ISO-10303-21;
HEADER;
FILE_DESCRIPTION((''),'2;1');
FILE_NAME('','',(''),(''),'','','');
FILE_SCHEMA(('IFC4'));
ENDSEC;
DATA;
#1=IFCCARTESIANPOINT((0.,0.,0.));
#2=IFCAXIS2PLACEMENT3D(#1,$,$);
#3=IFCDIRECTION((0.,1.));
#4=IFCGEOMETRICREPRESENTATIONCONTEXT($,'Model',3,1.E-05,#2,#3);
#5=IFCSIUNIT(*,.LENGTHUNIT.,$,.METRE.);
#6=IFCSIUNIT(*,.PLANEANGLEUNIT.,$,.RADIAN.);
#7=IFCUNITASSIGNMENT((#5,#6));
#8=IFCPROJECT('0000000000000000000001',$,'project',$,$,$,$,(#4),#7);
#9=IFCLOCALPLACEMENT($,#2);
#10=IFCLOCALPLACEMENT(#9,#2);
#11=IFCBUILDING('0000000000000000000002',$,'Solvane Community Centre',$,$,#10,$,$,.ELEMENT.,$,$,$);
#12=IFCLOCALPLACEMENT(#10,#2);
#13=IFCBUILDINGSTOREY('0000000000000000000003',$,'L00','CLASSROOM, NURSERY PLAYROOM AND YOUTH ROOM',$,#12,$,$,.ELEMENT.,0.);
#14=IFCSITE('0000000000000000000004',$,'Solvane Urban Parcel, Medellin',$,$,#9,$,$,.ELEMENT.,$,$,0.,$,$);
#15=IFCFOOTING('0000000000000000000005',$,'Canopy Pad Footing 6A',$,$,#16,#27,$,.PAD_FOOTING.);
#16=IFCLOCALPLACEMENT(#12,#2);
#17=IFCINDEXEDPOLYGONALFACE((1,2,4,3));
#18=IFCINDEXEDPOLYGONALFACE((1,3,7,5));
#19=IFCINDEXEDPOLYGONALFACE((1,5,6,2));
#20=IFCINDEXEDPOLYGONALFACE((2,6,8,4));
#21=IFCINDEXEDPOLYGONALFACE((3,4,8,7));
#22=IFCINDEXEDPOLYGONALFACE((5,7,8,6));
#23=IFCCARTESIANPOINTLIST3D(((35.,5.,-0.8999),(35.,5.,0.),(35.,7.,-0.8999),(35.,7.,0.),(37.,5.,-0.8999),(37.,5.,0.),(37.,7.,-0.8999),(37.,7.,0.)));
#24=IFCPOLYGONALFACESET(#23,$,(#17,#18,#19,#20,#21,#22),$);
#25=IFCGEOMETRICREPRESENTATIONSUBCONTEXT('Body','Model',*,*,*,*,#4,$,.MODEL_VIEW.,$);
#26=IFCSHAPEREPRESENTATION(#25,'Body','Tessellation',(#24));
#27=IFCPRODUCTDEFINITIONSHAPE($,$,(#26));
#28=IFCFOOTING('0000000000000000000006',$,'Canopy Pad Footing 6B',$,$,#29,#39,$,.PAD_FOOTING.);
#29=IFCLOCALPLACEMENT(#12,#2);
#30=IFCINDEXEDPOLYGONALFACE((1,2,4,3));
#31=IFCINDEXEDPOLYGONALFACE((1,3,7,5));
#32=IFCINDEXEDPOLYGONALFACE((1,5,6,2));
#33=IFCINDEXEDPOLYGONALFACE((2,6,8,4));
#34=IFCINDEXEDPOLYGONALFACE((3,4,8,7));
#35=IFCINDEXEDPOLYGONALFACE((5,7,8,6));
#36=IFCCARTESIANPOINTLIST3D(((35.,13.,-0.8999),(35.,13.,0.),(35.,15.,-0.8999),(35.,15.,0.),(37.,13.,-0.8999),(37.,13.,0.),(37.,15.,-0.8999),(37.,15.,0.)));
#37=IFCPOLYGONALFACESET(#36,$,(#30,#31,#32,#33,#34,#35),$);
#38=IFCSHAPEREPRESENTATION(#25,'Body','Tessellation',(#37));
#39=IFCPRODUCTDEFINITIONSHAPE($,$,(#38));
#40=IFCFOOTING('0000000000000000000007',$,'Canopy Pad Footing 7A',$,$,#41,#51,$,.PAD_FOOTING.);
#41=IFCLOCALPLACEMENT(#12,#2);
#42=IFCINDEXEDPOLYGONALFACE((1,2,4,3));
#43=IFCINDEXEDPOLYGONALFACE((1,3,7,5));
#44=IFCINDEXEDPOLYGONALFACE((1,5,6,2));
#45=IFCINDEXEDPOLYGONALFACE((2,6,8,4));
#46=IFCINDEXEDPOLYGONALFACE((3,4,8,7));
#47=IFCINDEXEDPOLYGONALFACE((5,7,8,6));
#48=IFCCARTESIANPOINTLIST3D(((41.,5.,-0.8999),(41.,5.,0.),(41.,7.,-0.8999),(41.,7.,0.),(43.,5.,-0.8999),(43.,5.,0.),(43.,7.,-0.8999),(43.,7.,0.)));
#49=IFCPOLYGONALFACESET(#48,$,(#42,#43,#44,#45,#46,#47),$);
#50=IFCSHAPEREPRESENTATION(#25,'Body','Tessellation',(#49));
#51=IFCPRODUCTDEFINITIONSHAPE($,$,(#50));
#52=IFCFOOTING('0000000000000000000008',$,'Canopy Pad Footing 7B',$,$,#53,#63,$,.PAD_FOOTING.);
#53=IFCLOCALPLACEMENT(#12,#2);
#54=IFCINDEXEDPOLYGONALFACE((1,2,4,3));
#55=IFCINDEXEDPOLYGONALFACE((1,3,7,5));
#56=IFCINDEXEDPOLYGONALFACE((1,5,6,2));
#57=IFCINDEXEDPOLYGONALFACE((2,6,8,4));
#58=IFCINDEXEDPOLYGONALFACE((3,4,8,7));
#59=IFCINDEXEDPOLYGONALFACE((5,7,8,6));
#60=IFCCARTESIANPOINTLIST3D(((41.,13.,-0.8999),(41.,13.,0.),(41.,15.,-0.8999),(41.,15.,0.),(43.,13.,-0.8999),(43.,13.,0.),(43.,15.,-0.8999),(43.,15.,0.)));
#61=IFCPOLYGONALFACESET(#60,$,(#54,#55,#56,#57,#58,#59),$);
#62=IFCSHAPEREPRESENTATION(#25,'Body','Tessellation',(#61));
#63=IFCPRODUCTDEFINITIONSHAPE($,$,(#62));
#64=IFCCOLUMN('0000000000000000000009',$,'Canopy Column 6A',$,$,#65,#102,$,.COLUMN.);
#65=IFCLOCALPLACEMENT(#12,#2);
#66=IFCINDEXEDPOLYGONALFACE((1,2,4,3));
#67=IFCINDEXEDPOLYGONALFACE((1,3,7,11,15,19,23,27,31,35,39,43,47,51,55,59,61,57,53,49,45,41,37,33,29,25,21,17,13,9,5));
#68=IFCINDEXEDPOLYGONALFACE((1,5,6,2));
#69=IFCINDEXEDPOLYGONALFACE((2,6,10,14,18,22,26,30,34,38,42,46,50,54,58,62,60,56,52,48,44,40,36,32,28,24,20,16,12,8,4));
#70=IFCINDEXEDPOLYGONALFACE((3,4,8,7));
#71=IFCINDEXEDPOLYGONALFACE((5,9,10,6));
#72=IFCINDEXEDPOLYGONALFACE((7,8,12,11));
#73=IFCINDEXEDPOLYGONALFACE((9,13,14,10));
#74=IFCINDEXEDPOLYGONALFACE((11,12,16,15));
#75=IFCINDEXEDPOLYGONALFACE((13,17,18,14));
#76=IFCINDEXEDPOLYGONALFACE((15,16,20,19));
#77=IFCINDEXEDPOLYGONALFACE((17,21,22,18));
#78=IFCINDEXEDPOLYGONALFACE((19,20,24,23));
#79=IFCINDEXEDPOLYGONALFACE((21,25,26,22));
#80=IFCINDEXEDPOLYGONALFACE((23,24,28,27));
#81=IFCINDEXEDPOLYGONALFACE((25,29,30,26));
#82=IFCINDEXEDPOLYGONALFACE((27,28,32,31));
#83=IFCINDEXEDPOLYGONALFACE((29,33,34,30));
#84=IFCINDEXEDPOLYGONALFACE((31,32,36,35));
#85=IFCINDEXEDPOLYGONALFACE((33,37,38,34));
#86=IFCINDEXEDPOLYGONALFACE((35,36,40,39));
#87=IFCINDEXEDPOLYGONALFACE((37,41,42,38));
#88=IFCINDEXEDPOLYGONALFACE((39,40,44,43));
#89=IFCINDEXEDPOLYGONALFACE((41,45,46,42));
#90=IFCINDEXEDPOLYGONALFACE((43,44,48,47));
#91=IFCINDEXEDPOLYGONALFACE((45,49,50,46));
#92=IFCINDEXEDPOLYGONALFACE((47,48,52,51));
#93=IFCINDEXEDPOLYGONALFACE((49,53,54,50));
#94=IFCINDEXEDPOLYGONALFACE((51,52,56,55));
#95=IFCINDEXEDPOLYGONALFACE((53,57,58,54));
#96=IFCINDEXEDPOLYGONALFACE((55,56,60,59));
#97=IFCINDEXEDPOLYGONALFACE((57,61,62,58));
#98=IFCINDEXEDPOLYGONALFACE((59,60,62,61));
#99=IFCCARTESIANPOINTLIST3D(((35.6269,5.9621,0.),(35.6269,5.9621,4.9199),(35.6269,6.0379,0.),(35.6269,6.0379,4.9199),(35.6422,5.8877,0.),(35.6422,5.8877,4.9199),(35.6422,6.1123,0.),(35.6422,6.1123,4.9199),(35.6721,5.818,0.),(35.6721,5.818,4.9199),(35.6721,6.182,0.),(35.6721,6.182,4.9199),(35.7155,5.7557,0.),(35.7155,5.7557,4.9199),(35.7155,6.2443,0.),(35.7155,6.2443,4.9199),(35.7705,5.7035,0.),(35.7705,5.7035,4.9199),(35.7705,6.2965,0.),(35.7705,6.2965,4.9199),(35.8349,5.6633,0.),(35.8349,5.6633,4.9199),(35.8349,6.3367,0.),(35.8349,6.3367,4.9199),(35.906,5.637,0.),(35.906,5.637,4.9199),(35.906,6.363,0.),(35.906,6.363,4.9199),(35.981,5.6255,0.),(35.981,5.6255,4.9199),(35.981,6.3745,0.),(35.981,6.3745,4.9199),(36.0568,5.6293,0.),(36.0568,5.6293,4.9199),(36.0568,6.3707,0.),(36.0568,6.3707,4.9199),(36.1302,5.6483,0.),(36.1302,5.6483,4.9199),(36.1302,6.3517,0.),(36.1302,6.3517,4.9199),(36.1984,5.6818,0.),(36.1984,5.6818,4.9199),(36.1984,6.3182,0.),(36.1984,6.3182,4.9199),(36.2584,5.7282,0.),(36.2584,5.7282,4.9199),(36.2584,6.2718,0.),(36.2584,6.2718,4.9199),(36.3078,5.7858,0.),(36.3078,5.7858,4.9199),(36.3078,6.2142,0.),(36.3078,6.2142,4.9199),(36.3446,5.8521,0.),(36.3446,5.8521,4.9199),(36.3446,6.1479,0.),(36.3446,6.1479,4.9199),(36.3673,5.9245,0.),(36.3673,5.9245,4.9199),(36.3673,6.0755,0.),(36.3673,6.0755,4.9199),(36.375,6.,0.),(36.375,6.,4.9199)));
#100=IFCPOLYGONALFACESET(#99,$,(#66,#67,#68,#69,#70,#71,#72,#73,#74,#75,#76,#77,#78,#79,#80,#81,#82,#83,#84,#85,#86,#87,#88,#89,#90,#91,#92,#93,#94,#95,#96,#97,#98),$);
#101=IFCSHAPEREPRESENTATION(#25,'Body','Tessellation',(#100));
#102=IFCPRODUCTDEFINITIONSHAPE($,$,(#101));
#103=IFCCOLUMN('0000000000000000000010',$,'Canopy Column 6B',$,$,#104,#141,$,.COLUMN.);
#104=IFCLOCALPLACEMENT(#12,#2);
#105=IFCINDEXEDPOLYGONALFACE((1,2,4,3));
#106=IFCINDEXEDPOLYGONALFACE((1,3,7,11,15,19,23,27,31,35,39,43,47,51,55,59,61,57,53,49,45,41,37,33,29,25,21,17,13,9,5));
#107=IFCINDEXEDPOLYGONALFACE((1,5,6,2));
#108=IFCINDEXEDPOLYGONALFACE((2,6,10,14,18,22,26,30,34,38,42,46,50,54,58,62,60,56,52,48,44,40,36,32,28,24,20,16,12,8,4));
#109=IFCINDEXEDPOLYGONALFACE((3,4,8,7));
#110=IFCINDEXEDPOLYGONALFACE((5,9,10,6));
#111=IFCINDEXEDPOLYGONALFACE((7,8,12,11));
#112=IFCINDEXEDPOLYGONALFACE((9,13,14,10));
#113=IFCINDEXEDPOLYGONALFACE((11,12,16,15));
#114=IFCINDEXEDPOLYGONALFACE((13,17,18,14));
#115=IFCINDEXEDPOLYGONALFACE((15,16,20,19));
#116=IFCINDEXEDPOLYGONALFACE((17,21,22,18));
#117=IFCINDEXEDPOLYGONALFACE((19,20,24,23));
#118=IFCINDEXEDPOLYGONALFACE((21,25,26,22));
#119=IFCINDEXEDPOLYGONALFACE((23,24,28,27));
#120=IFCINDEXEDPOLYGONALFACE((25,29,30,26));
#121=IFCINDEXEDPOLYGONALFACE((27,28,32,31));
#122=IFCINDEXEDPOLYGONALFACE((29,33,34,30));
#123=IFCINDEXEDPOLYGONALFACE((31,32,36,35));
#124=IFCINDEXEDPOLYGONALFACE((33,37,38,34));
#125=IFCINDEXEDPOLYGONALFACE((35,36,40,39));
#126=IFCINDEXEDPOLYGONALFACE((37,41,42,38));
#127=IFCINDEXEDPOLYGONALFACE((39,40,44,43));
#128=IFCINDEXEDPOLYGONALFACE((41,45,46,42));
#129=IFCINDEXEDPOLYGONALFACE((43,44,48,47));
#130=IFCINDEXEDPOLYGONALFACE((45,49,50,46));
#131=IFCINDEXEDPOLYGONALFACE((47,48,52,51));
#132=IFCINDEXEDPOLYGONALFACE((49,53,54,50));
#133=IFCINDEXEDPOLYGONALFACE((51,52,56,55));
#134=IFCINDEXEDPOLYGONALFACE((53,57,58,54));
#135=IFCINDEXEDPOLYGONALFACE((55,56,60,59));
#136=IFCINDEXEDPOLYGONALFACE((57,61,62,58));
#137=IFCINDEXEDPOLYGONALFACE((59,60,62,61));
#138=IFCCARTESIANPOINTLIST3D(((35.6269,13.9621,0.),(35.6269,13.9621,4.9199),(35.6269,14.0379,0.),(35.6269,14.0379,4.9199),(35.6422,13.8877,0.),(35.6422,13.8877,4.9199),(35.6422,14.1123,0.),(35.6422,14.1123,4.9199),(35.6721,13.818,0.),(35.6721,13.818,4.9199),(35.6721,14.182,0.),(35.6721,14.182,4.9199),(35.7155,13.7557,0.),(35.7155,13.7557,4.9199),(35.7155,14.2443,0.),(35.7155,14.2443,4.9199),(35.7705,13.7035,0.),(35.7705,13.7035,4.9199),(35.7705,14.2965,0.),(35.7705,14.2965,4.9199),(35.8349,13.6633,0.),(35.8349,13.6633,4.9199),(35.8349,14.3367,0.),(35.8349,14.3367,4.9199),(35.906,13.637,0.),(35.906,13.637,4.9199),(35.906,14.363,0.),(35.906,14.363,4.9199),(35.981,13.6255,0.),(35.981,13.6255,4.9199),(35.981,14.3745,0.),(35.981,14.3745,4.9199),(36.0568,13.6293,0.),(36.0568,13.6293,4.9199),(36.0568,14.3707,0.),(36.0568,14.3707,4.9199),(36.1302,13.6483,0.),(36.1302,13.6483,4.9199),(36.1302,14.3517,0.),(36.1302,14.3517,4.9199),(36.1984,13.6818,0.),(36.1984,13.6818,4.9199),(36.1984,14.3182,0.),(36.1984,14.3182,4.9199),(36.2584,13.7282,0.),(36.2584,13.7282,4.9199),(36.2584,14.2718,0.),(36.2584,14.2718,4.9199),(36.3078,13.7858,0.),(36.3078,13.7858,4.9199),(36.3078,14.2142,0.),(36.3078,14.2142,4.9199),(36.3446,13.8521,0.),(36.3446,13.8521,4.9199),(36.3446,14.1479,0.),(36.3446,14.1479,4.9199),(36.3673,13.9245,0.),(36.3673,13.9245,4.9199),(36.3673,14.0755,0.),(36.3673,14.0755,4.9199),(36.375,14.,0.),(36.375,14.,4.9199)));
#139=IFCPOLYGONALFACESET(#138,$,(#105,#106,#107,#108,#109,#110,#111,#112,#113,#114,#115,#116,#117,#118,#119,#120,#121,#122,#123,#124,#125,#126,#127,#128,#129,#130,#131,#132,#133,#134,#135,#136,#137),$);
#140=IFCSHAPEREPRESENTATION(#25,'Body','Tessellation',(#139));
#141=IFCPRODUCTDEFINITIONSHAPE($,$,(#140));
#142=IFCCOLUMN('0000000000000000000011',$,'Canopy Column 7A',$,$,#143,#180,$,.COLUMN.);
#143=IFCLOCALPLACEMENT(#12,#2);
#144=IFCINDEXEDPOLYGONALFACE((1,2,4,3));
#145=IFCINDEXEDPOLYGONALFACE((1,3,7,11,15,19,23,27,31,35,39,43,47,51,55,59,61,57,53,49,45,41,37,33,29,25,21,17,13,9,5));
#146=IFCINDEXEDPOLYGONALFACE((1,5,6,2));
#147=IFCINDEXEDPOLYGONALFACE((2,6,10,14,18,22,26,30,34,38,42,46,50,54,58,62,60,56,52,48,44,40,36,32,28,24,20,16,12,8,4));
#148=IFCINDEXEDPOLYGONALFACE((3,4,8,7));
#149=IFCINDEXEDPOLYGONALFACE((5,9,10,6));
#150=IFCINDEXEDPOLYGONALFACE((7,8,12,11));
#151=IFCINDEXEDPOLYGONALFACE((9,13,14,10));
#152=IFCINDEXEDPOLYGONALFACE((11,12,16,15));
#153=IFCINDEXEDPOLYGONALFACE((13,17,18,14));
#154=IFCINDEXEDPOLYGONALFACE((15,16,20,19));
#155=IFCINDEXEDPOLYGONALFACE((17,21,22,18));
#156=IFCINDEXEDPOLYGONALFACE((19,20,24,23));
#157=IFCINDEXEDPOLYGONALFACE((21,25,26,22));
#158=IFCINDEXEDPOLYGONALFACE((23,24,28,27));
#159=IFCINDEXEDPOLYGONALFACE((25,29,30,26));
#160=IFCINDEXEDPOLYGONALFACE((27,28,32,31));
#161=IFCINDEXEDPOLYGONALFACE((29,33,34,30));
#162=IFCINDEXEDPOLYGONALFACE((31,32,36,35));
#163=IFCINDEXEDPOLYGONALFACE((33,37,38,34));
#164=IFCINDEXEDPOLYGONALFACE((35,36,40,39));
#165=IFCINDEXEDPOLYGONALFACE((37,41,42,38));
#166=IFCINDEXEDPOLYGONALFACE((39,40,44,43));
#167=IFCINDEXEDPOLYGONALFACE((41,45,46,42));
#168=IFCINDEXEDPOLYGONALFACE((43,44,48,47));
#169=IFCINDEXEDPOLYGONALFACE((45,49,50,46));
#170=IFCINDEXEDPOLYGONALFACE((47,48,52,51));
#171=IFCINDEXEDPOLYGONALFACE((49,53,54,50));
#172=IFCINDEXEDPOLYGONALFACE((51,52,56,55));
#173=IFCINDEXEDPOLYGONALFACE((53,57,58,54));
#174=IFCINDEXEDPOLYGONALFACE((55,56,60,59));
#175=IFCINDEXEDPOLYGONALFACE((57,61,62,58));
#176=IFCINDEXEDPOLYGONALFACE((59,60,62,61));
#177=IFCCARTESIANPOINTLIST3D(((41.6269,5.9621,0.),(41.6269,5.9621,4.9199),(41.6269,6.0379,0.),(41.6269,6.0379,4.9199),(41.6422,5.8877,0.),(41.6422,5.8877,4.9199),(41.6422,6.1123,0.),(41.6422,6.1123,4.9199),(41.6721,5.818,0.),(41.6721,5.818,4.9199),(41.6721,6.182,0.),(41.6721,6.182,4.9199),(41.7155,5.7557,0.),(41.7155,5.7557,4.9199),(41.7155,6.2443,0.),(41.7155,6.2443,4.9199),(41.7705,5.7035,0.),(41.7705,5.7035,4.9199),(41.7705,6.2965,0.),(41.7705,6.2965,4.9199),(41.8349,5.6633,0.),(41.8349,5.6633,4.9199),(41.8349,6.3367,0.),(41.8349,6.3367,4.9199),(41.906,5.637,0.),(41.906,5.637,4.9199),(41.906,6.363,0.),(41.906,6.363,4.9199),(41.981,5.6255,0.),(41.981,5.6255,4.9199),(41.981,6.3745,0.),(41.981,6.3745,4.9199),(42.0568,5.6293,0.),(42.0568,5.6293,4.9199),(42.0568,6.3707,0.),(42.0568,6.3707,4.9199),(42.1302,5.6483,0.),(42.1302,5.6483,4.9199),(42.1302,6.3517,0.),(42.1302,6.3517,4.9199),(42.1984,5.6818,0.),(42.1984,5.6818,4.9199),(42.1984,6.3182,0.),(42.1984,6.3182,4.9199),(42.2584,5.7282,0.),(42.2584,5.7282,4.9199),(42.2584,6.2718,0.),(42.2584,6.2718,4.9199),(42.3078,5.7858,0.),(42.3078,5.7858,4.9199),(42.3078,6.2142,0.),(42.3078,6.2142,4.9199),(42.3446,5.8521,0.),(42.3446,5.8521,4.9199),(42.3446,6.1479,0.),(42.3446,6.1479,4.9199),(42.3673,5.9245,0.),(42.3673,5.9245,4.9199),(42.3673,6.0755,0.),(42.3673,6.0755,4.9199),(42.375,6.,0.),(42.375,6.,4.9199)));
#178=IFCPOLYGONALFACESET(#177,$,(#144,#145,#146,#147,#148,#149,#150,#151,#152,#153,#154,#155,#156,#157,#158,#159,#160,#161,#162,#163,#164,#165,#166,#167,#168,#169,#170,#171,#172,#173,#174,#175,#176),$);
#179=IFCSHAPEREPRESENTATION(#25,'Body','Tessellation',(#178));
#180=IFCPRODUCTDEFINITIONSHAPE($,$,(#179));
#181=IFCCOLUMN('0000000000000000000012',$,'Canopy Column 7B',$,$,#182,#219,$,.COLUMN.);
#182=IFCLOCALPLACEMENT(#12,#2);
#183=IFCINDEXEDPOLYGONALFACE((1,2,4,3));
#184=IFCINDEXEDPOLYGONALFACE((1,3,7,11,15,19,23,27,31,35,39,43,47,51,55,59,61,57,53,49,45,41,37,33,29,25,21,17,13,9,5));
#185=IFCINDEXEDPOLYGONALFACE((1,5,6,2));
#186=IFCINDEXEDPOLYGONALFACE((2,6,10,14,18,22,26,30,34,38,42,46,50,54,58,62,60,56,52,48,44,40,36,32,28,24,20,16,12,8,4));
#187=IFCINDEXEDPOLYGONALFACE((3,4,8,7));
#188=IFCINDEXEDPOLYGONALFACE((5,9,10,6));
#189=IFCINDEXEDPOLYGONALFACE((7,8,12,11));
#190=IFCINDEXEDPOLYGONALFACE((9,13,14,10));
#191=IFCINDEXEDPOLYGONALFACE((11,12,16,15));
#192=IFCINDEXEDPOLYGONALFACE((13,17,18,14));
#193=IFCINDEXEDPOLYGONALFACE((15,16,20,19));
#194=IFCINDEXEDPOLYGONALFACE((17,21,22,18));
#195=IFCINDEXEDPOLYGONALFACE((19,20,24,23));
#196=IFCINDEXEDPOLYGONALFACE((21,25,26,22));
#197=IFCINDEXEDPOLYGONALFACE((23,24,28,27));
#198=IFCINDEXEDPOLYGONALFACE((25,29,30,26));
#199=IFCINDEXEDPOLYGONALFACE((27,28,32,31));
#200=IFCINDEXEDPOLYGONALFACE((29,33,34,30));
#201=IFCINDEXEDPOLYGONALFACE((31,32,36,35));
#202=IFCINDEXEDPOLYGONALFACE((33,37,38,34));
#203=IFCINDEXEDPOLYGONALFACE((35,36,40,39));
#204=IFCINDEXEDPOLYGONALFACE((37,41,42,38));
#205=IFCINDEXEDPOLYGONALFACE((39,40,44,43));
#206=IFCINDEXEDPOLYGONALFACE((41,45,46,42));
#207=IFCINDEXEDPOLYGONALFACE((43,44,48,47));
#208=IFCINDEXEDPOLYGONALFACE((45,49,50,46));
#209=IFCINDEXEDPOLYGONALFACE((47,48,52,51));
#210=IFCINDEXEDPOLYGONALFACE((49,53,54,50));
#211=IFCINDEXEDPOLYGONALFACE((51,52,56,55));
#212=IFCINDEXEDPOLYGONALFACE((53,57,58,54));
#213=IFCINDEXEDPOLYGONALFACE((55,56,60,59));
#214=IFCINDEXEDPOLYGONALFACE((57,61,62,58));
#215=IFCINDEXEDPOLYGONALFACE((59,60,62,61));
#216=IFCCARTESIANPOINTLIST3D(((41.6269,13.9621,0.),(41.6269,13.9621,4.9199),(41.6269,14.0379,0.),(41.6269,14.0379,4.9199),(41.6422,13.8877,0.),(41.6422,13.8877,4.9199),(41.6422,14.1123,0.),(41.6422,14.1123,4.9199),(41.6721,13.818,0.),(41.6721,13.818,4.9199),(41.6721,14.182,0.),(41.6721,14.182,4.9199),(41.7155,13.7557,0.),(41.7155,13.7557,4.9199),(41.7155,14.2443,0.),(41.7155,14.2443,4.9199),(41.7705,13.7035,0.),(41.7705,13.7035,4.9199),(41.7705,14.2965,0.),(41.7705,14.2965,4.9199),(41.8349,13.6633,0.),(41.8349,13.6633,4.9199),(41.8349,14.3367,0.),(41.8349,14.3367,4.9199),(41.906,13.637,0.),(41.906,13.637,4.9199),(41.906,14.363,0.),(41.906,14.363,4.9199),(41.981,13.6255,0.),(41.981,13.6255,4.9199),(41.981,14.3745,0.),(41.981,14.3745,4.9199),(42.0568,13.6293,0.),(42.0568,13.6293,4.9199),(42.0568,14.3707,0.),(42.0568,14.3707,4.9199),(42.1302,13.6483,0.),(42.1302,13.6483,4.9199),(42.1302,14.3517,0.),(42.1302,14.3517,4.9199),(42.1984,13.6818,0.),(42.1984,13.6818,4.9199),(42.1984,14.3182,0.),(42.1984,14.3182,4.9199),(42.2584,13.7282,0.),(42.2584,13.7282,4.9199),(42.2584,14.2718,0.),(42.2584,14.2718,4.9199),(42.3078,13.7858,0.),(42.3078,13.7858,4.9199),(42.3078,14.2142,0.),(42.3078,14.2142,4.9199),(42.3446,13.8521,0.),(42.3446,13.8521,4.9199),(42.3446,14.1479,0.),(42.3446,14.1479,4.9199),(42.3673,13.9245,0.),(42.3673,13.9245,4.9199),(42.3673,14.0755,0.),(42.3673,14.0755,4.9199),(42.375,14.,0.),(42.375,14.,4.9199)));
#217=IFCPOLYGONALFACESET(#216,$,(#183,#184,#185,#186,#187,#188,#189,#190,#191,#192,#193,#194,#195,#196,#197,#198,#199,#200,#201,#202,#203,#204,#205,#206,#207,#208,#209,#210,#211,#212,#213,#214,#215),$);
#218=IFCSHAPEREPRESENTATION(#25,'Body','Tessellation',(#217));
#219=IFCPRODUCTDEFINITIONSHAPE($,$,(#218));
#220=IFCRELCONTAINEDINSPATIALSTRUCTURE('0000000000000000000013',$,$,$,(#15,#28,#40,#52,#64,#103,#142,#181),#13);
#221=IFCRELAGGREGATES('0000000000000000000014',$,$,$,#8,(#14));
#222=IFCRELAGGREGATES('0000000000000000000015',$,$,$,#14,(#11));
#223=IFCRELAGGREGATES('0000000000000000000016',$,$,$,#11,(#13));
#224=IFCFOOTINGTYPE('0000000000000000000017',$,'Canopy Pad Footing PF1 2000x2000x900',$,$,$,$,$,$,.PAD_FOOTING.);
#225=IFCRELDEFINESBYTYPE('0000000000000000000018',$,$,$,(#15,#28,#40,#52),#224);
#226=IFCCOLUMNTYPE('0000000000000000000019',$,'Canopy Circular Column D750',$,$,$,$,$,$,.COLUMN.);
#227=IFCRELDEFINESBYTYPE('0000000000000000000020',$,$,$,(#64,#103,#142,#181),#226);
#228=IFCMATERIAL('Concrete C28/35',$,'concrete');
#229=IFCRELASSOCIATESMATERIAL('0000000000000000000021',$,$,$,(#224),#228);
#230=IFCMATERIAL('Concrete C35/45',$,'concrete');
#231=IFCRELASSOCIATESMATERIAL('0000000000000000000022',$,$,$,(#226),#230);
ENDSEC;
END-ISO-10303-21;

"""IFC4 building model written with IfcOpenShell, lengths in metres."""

from ifc_helpers import new_model, si_unit, direction, frame, origin, origin_2d, place, context, subcontext, project, spatial, rectangle, circle, extrude, material, material_profile, profile_set, type_object, element, save


model = new_model("IFC4")

# Units and contexts
model_context = context("Model", 3, precision=1e-05, world=origin(), true_north=direction((0.0, 1.0)))
body_context = subcontext(model_context, "Body", "Model", "MODEL_VIEW")
ifc_project = project(units=[si_unit("LENGTHUNIT", "METRE"), si_unit("PLANEANGLEUNIT", "RADIAN")], contexts=[model_context])

# Site, building, storey
site_placement = place(None, origin())
site = spatial("IfcSite", under=ifc_project, at=site_placement, Name="Solvane Urban Parcel, Medellin", CompositionType="ELEMENT", RefElevation=0.0)
building_placement = place(site_placement, origin())
building = spatial("IfcBuilding", under=site, at=building_placement, Name="Solvane Community Centre", CompositionType="ELEMENT")
storey_placement = place(building_placement, origin())
storey = spatial("IfcBuildingStorey", under=building, at=storey_placement, Name="L00", Description="CLASSROOM, NURSERY PLAYROOM AND YOUTH ROOM", CompositionType="ELEMENT", Elevation=0.0)

# Footings
ifc_material_1 = material(Name="Concrete C28/35", Category="concrete")
footing_type = type_object("IfcFootingType", Name="Canopy Pad Footing PF1 2000x2000x900", PredefinedType="PAD_FOOTING", material=ifc_material_1)
for number, where, z_axis, x_axis, name in (
    (1, (36.0, 6.0, -0.8999), (0.0, 0.0, 1.0), (1.0, 0.0, 0.0), "Canopy Pad Footing 6A"),
    (2, (36.0, 14.0, -0.8999), (0.0, 0.0, 1.0), (1.0, 0.0, 0.0), "Canopy Pad Footing 6B"),
    (3, (42.0, 6.0, -0.8999), (0.0, 0.0, 1.0), (1.0, 0.0, 0.0), "Canopy Pad Footing 7A"),
    (4, (42.0, 14.0, -0.8999), (0.0, 0.0, 1.0), (1.0, 0.0, 0.0), "Canopy Pad Footing 7B"),
):
    element("IfcFooting", number, at=place(storey_placement, frame(where, z_axis=z_axis, x_axis=x_axis)), inside=storey, type_object=footing_type, Name=name, PredefinedType="PAD_FOOTING", context=body_context, shape_type="SweptSolid", body=[
        extrude(rectangle(XDim=2.0, YDim=2.0, at=origin_2d()), origin(), (0.0, 0.0, 1.0), 0.8999),
    ])

# Columns
ifc_material_2 = material(Name="Concrete C35/45", Category="concrete")
ifc_material_profile_1 = material_profile(ifc_material_2, circle(Radius=0.375, at=origin_2d()), Name="RC D750")
ifc_profile_set_1 = profile_set([ifc_material_profile_1], Name="Concrete C35/45")
column_type = type_object("IfcColumnType", Name="Canopy Circular Column D750", PredefinedType="COLUMN", material=ifc_profile_set_1)
for number, where, z_axis, x_axis, name in (
    (5, (36.0, 6.0, 0.0), (0.0, 0.0, 1.0), (1.0, 0.0, 0.0), "Canopy Column 6A"),
    (6, (36.0, 14.0, 0.0), (0.0, 0.0, 1.0), (1.0, 0.0, 0.0), "Canopy Column 6B"),
    (7, (42.0, 6.0, 0.0), (0.0, 0.0, 1.0), (1.0, 0.0, 0.0), "Canopy Column 7A"),
    (8, (42.0, 14.0, 0.0), (0.0, 0.0, 1.0), (1.0, 0.0, 0.0), "Canopy Column 7B"),
):
    element("IfcColumn", number, at=place(storey_placement, frame(where, z_axis=z_axis, x_axis=x_axis)), inside=storey, type_object=column_type, Name=name, PredefinedType="COLUMN", context=body_context, shape_type="SweptSolid", body=[
        extrude(circle(Radius=0.375, at=origin_2d()), origin(), (0.0, 0.0, 1.0), 4.9199),
    ])

save(model, "model.ifc")
